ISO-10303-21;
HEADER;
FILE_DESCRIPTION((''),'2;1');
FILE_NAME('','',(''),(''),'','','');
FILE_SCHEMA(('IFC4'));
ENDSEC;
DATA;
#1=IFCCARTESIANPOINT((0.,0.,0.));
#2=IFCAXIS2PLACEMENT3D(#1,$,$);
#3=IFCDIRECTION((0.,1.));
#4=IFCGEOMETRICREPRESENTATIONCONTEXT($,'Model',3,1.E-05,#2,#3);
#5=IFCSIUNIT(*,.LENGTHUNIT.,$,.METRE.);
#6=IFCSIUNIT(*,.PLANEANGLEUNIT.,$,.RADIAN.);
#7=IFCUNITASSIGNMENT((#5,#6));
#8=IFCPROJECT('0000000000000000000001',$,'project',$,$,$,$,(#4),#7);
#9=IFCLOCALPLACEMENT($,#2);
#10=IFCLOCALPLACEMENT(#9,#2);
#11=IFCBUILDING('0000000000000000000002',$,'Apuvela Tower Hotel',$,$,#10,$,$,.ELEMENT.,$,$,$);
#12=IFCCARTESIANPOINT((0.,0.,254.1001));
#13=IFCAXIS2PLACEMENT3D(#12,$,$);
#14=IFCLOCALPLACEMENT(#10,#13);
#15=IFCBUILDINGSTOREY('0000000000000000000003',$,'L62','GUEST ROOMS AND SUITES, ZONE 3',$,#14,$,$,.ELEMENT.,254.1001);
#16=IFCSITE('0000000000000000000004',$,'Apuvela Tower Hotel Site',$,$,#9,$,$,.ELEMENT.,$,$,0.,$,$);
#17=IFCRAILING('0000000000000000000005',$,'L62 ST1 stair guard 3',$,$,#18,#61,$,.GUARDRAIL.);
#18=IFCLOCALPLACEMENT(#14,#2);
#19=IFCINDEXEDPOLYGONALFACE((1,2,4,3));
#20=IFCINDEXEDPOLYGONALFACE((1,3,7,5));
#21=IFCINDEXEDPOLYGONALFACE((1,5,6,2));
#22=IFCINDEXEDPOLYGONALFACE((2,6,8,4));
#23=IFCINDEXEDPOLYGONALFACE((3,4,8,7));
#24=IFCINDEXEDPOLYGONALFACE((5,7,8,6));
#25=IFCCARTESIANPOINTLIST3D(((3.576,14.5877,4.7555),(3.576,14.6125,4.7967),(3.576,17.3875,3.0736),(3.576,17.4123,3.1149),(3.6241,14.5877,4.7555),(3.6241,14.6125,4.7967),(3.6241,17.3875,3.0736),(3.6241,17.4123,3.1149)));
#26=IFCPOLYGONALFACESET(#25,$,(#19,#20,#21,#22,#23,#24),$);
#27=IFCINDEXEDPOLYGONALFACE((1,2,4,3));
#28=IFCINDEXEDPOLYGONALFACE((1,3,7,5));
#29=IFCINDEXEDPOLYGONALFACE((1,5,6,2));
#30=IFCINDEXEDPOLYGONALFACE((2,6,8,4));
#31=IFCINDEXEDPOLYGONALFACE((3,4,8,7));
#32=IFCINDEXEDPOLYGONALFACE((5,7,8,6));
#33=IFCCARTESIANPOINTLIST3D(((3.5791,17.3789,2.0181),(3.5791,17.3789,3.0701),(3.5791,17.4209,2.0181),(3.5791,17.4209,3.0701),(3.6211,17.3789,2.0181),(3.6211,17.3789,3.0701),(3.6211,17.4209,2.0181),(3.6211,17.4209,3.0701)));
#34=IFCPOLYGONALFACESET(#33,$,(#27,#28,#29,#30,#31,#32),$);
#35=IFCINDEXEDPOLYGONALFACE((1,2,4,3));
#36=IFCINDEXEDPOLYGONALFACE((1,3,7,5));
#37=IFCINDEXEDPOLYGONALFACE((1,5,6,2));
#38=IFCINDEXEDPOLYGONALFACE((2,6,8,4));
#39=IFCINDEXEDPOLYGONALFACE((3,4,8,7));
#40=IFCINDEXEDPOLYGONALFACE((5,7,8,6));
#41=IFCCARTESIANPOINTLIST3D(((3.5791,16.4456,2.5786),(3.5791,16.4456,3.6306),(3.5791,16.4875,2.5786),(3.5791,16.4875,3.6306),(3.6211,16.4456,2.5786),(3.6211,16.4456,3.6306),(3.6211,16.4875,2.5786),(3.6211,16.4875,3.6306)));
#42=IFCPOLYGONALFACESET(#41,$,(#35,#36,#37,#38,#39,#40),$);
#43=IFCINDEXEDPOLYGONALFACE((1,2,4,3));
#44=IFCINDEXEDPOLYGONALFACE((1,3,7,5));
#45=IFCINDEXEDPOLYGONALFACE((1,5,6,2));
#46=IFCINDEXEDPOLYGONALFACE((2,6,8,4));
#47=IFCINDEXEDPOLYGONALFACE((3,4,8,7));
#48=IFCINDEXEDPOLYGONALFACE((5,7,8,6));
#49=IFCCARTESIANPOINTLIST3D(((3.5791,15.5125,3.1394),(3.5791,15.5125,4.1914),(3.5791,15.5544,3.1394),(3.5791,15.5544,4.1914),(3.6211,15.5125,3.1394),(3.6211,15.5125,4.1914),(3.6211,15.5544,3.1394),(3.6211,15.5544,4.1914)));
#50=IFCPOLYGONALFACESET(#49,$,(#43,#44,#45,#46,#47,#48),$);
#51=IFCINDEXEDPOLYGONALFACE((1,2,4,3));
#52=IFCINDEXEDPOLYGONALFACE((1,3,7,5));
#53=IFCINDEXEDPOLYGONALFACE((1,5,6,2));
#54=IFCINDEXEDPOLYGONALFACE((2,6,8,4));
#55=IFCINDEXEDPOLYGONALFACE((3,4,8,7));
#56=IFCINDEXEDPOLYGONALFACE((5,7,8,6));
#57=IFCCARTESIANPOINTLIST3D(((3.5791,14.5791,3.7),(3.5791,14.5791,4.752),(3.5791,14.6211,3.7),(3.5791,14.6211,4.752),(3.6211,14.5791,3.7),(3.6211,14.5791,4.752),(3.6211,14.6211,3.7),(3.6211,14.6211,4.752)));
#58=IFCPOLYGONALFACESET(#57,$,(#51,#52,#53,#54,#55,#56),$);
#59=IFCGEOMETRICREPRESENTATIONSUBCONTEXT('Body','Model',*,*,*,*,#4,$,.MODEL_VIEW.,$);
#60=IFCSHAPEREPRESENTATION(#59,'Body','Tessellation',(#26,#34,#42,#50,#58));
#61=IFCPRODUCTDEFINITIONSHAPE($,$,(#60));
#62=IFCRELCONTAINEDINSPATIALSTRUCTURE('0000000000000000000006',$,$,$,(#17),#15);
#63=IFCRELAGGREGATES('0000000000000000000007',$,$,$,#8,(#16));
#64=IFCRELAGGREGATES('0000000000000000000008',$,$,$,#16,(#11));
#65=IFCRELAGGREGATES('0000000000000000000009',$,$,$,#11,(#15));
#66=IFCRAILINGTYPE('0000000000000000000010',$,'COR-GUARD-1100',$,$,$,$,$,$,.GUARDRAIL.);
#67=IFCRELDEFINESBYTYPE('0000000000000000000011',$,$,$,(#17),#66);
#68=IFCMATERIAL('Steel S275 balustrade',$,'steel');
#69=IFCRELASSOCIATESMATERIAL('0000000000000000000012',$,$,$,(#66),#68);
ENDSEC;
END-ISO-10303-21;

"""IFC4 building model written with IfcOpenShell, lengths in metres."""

from ifc_helpers import new_model, si_unit, direction, frame, origin, origin_2d, place, context, subcontext, project, spatial, rectangle, extrude, material, type_object, element, save


model = new_model("IFC4")

# Units and contexts
model_context = context("Model", 3, precision=1e-05, world=origin(), true_north=direction((0.0, 1.0)))
body_context = subcontext(model_context, "Body", "Model", "MODEL_VIEW")
ifc_project = project(units=[si_unit("LENGTHUNIT", "METRE"), si_unit("PLANEANGLEUNIT", "RADIAN")], contexts=[model_context])

# Site, building, storey
site_placement = place(None, origin())
site = spatial("IfcSite", under=ifc_project, at=site_placement, Name="Apuvela Tower Hotel Site", CompositionType="ELEMENT", RefElevation=0.0)
building_placement = place(site_placement, origin())
building = spatial("IfcBuilding", under=site, at=building_placement, Name="Apuvela Tower Hotel", CompositionType="ELEMENT")
storey_placement = place(building_placement, frame((0.0, 0.0, 254.1001)))
storey = spatial("IfcBuildingStorey", under=building, at=storey_placement, Name="L62", Description="GUEST ROOMS AND SUITES, ZONE 3", CompositionType="ELEMENT", Elevation=254.1001)

# Railing
ifc_material_1 = material(Name="Steel S275 balustrade", Category="steel")
railing_type = type_object("IfcRailingType", Name="COR-GUARD-1100", PredefinedType="GUARDRAIL", material=ifc_material_1)
railing_1_placement = place(storey_placement, frame((3.6001, 17.3999, 2.0181)))
element("IfcRailing", 1, at=railing_1_placement, inside=storey, type_object=railing_type, Name="L62 ST1 stair guard 3", PredefinedType="GUARDRAIL", context=body_context, shape_type="SweptSolid", body=[
    extrude(rectangle(XDim=0.0481, YDim=0.0481, at=origin_2d()), frame((0.0, 0.0, 1.0762), z_axis=(0.0, -0.857222, 0.514946), x_axis=(1.0, 0.0, 0.0)), (0.0, 0.0, 1.0), 3.2661),
    extrude(rectangle(XDim=0.042, YDim=0.042, at=origin_2d()), origin(), (0.0, 0.0, 1.0), 1.052),
    extrude(rectangle(XDim=0.042, YDim=0.042, at=origin_2d()), frame((0.0, -0.9333, 0.5605)), (0.0, 0.0, 1.0), 1.052),
    extrude(rectangle(XDim=0.042, YDim=0.042, at=origin_2d()), frame((0.0, -1.8665, 1.1213)), (0.0, 0.0, 1.0), 1.052),
    extrude(rectangle(XDim=0.042, YDim=0.042, at=origin_2d()), frame((0.0, -2.7998, 1.6819)), (0.0, 0.0, 1.0), 1.052),
])

save(model, "model.ifc")
